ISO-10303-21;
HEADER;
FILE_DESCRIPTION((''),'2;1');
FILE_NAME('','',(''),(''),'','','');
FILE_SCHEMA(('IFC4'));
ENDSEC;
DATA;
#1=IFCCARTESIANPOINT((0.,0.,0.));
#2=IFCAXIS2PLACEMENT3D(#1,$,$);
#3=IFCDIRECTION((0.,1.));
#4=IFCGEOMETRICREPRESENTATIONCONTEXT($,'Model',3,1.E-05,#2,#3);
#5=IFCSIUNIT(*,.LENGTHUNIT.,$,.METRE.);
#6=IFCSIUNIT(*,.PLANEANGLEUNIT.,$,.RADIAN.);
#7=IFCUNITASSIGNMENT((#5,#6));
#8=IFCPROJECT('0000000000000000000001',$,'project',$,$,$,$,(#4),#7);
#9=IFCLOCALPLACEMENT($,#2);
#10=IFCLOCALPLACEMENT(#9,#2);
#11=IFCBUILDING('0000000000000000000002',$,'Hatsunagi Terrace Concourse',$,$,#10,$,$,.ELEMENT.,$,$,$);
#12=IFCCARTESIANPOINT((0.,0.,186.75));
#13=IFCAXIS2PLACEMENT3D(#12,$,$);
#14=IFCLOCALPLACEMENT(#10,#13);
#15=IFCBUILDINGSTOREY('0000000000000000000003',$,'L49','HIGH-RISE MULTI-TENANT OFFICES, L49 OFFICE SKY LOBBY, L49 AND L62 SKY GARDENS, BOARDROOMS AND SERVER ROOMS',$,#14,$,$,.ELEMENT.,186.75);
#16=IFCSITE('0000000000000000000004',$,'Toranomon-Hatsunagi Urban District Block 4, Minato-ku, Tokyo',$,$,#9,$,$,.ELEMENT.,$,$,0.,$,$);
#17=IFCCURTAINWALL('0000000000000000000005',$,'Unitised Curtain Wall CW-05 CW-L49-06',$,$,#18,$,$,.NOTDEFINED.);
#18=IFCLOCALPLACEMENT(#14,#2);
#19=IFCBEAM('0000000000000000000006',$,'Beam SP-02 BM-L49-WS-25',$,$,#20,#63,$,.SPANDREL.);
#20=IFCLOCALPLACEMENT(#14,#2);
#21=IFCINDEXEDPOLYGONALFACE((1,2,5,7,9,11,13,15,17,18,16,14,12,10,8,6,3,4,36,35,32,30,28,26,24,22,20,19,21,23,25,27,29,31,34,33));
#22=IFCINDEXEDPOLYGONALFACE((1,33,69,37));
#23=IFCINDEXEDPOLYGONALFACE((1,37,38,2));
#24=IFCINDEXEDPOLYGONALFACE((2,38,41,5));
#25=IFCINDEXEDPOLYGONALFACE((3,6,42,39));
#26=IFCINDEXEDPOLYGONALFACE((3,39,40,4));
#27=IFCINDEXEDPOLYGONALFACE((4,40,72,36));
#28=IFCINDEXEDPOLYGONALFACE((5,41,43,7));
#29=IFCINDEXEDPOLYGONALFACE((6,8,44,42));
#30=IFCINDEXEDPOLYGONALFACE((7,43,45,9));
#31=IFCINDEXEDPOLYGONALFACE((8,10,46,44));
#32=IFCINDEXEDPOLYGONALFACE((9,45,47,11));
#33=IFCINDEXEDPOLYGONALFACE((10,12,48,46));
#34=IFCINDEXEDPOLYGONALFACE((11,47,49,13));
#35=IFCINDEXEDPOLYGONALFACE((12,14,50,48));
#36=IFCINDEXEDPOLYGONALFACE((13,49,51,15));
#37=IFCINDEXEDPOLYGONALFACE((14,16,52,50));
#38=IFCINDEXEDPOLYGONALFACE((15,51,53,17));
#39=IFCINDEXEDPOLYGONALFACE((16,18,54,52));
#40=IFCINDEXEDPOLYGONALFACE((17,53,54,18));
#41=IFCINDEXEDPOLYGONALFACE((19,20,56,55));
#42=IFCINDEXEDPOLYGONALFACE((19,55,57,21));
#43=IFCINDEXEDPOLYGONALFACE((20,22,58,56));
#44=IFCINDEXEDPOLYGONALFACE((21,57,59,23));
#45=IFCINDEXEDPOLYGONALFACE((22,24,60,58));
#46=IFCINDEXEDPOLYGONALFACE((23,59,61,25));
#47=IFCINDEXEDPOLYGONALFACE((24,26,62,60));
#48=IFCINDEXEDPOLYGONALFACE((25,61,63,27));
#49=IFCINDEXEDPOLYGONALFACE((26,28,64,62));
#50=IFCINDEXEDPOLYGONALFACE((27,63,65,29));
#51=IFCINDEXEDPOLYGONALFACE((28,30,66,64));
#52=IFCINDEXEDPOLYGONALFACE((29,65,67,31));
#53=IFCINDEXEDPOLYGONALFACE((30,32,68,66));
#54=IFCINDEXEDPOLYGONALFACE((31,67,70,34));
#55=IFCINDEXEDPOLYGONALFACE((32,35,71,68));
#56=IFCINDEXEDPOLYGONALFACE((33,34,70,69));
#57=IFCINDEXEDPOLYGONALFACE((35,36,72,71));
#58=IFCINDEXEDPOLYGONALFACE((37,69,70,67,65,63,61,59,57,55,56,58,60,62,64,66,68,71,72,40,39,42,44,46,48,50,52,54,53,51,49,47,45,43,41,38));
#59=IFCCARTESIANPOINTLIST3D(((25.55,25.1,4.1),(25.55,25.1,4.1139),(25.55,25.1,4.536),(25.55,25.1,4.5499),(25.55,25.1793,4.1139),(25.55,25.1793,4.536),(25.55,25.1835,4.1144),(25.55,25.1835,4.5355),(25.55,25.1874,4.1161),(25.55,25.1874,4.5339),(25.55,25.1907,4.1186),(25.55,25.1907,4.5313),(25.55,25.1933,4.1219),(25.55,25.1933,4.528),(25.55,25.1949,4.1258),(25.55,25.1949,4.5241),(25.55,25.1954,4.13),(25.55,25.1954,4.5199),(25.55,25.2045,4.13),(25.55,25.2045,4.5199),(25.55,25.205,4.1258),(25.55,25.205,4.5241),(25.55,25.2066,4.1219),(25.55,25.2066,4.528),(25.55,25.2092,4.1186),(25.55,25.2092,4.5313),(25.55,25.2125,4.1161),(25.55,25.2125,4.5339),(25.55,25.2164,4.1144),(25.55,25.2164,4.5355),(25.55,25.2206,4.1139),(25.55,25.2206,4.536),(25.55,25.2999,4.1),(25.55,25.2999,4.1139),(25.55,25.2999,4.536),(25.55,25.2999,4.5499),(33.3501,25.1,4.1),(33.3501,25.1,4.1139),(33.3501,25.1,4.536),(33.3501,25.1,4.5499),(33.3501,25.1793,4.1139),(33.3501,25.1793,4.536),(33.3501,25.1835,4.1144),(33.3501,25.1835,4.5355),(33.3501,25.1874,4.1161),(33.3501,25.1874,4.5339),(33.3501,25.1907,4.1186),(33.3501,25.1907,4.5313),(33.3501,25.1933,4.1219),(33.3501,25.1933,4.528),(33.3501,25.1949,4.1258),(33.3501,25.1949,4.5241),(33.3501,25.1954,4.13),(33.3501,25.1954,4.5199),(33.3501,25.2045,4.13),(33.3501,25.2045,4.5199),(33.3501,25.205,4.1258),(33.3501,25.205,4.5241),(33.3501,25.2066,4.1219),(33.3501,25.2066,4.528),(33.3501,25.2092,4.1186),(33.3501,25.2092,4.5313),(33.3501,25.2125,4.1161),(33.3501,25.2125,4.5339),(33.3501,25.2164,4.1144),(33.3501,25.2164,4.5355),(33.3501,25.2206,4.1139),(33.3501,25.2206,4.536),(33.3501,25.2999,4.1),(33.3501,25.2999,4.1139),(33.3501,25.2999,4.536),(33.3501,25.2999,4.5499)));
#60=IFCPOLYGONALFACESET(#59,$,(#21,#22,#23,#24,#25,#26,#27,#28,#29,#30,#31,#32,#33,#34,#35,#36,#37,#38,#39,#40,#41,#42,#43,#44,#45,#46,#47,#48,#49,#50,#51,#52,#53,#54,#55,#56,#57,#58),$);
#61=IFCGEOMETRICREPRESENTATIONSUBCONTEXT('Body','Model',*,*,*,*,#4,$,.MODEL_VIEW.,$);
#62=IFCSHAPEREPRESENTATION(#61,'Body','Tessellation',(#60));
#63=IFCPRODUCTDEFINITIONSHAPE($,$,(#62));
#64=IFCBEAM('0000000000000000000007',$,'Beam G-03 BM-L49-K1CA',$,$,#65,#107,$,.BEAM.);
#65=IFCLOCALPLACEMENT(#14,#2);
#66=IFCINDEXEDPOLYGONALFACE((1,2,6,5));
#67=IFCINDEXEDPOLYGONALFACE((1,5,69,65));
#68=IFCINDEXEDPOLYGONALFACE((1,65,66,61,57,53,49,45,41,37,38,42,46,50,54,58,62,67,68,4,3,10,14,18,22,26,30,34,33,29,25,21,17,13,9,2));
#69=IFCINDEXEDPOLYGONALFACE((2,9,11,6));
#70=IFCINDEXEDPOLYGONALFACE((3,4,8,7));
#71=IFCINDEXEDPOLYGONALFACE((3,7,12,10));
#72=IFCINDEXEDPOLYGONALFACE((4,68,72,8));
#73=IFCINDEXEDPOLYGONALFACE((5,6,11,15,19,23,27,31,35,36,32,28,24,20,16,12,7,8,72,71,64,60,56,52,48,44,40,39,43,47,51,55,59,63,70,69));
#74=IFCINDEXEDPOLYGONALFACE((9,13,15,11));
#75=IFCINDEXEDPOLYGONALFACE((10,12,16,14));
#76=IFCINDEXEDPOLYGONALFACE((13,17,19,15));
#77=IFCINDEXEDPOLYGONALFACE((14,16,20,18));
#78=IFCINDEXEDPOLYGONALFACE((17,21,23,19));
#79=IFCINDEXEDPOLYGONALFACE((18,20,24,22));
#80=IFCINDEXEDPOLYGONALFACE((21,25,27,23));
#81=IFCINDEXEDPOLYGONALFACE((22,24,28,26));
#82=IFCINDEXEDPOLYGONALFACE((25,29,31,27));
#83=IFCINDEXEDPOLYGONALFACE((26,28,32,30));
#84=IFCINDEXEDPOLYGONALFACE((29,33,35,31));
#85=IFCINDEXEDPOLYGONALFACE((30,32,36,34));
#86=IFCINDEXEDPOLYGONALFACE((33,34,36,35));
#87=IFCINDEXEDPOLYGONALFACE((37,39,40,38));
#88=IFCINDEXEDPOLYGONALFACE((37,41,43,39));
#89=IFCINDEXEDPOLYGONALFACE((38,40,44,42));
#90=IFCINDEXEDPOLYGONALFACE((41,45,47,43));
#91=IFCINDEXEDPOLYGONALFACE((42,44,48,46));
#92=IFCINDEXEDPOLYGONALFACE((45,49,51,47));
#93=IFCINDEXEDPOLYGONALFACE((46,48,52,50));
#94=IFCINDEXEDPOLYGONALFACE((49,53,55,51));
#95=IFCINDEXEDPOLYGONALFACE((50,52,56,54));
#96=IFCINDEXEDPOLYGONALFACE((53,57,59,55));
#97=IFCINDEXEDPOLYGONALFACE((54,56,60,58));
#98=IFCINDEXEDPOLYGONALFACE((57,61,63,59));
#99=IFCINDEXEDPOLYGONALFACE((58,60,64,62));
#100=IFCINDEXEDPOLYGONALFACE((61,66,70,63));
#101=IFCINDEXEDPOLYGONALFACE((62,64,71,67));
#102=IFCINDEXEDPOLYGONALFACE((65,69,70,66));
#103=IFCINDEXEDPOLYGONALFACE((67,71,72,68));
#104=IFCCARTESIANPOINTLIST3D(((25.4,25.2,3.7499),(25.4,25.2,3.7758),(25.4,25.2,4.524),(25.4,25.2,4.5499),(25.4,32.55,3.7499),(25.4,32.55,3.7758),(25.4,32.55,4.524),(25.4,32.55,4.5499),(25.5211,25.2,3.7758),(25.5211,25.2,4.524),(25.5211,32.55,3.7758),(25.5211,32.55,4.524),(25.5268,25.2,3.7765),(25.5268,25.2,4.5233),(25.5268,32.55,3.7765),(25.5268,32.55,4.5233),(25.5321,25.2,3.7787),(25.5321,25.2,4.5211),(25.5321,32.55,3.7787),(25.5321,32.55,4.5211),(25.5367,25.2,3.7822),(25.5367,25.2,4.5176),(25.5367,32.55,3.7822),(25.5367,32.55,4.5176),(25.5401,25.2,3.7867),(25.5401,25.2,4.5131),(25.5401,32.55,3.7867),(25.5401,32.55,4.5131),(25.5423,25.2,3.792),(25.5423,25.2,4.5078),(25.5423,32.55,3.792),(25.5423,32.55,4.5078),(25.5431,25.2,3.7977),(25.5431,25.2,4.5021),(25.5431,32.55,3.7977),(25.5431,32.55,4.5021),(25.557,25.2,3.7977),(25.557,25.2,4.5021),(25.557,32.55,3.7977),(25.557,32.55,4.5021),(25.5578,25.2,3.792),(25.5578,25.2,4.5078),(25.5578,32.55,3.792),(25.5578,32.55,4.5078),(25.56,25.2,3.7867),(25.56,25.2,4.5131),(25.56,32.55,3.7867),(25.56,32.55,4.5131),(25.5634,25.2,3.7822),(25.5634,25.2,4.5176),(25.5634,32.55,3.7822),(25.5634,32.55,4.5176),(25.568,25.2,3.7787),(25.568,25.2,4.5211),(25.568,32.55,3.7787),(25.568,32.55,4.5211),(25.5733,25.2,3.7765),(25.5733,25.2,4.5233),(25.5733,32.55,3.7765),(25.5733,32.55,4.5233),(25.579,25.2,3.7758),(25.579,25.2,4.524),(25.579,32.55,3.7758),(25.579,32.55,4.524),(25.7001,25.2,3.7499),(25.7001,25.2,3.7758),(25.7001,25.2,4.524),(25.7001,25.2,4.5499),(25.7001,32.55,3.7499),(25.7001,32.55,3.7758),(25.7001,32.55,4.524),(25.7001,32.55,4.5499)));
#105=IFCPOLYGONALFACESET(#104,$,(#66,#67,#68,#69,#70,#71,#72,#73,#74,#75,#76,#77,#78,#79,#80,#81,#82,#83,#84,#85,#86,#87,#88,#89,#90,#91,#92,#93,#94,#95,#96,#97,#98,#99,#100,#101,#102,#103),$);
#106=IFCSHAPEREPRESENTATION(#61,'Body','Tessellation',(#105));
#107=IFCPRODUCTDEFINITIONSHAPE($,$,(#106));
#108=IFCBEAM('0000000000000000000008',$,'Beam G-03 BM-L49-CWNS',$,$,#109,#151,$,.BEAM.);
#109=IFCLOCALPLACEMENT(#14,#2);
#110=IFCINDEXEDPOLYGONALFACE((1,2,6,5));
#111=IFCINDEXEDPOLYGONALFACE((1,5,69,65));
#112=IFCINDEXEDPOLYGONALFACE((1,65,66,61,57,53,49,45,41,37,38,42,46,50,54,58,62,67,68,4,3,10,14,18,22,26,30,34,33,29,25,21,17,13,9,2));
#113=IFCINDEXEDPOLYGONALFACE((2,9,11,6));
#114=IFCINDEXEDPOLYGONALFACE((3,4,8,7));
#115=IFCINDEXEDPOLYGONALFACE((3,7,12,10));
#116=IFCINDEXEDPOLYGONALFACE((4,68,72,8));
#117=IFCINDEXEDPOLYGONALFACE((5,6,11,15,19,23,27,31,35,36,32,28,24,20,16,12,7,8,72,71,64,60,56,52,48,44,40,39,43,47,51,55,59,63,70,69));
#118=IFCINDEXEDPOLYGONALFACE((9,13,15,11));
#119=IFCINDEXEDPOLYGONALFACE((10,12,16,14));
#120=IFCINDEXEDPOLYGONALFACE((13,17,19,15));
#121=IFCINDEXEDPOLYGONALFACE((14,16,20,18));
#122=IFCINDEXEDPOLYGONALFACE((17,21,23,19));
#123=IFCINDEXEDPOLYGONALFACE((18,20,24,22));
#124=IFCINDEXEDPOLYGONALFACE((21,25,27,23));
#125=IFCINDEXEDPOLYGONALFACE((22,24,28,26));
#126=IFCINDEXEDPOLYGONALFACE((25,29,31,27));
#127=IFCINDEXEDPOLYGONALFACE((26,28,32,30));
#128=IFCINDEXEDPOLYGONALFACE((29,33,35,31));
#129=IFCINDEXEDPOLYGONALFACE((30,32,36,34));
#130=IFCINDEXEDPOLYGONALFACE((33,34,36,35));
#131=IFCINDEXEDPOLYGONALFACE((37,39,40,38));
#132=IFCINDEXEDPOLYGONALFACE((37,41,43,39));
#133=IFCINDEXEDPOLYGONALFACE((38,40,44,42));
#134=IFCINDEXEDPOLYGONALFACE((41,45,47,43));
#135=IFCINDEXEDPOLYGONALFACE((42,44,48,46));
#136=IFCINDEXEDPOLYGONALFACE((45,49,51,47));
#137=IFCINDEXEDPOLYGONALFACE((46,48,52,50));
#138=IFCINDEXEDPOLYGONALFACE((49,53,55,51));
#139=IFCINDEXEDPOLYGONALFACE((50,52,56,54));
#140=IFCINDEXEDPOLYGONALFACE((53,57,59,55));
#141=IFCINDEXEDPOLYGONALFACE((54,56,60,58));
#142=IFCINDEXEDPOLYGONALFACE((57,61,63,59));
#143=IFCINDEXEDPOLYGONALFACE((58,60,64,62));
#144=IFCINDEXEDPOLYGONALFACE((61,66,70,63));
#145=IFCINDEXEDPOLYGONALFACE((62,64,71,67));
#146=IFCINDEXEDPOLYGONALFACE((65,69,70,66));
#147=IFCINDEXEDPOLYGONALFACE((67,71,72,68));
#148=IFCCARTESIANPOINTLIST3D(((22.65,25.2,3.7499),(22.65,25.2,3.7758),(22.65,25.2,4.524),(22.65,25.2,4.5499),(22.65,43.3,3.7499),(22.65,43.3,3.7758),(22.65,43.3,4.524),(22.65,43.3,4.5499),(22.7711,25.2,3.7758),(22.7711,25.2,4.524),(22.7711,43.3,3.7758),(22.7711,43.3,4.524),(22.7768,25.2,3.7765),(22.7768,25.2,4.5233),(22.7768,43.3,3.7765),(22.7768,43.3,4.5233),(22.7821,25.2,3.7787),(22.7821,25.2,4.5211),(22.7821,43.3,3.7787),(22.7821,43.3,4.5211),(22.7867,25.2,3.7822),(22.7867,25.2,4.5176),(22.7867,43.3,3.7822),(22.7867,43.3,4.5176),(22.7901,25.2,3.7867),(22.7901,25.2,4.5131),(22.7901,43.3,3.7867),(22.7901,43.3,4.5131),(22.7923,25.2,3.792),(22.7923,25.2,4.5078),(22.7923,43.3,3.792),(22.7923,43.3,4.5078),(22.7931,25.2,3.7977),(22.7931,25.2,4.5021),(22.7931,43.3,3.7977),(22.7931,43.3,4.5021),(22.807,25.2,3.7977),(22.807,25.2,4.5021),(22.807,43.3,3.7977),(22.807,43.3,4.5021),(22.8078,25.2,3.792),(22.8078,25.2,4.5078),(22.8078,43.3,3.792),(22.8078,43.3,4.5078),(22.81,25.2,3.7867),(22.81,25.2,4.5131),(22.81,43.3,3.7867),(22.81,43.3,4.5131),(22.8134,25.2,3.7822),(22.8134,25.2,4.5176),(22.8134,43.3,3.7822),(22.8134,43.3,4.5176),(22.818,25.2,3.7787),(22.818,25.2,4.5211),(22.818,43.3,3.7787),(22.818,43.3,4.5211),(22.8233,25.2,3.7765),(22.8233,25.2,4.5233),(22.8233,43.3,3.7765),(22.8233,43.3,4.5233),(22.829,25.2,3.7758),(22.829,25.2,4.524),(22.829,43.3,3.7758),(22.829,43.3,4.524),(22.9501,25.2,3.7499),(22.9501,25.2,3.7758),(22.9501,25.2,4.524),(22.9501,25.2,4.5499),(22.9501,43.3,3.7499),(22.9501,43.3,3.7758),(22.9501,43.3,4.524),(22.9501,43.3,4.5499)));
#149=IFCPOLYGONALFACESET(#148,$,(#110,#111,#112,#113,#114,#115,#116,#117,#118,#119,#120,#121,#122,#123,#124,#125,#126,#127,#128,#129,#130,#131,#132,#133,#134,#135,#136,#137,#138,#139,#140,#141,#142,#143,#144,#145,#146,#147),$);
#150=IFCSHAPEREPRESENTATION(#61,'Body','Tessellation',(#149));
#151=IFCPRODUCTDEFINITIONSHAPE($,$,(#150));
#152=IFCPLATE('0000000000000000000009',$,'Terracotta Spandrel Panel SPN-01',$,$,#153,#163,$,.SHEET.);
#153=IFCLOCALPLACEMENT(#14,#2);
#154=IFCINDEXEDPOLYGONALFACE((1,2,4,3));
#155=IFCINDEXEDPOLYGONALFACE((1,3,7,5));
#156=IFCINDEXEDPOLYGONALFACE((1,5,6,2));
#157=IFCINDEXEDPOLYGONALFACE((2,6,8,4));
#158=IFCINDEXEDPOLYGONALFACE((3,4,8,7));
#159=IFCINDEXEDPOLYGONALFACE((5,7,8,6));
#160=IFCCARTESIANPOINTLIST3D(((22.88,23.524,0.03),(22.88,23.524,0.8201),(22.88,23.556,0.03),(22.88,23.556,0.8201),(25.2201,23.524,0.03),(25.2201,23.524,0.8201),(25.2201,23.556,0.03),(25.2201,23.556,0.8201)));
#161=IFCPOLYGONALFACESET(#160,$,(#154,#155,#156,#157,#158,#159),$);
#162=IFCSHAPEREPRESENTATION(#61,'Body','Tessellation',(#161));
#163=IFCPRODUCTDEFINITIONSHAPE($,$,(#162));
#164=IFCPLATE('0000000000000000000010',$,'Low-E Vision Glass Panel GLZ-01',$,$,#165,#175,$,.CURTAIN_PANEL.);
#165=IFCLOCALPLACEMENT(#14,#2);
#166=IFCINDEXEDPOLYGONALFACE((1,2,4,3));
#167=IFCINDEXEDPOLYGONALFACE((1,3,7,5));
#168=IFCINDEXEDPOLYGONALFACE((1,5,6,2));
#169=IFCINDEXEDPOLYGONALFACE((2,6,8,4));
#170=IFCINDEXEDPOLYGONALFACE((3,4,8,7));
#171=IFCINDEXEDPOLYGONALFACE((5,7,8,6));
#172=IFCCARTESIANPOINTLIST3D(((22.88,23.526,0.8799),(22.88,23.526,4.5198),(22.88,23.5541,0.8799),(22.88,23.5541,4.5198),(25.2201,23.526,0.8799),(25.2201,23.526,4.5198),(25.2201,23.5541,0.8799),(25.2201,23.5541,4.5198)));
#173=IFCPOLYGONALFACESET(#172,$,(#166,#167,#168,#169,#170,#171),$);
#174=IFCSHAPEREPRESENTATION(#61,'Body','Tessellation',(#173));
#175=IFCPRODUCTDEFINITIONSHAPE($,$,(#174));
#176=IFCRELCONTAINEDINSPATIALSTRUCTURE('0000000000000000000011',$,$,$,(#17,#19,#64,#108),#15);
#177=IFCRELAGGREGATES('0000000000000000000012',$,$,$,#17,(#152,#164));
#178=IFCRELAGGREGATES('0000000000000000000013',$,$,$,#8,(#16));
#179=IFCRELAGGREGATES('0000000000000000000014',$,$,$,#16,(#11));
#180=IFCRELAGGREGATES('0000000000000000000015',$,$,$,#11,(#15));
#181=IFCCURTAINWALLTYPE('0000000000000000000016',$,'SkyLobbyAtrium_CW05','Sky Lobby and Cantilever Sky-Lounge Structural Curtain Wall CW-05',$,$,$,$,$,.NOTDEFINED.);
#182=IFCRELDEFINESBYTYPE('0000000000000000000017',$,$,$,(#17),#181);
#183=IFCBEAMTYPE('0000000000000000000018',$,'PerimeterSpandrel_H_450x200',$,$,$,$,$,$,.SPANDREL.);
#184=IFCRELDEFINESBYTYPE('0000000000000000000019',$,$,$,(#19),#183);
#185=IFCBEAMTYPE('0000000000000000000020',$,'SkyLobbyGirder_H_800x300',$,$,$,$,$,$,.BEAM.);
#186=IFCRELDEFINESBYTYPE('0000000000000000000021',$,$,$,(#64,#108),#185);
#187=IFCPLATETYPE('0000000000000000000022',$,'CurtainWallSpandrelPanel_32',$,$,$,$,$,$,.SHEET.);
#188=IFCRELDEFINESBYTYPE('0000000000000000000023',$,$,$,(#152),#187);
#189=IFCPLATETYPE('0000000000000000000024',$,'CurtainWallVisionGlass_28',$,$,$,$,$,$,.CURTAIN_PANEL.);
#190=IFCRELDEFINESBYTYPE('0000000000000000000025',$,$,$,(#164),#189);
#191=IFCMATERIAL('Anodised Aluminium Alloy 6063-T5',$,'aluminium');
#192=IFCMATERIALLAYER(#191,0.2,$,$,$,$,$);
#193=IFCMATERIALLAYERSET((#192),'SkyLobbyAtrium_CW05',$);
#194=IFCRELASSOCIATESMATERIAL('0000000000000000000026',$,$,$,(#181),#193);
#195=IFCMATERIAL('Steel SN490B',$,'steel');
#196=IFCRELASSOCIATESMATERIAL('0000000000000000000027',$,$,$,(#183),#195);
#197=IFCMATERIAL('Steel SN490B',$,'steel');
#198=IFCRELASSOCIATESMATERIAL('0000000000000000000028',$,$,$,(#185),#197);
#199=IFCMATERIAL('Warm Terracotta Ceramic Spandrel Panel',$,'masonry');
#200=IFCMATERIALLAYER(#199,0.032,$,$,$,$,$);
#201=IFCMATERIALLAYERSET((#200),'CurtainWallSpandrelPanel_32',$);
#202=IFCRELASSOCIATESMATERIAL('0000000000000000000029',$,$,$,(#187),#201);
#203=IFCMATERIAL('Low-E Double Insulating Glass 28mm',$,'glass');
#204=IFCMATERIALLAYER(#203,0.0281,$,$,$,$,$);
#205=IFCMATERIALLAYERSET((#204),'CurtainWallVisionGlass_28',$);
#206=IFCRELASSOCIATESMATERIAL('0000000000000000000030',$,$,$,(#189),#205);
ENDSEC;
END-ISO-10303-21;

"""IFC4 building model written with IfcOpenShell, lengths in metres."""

from ifc_helpers import new_model, si_unit, direction, frame, origin, origin_2d, place, context, subcontext, project, spatial, rectangle, i_section, extrude, material, layer, layer_set, material_profile, profile_set, type_object, element, aggregate, save


model = new_model("IFC4")

# Units and contexts
model_context = context("Model", 3, precision=1e-05, world=origin(), true_north=direction((0.0, 1.0)))
body_context = subcontext(model_context, "Body", "Model", "MODEL_VIEW")
ifc_project = project(units=[si_unit("LENGTHUNIT", "METRE"), si_unit("PLANEANGLEUNIT", "RADIAN")], contexts=[model_context])

# Site, building, storey
site_placement = place(None, origin())
site = spatial("IfcSite", under=ifc_project, at=site_placement, Name="Toranomon-Hatsunagi Urban District Block 4, Minato-ku, Tokyo", CompositionType="ELEMENT", RefElevation=0.0)
building_placement = place(site_placement, origin())
building = spatial("IfcBuilding", under=site, at=building_placement, Name="Hatsunagi Terrace Concourse", CompositionType="ELEMENT")
storey_placement = place(building_placement, frame((0.0, 0.0, 186.75)))
storey = spatial("IfcBuildingStorey", under=building, at=storey_placement, Name="L49", Description="HIGH-RISE MULTI-TENANT OFFICES, L49 OFFICE SKY LOBBY, L49 AND L62 SKY GARDENS, BOARDROOMS AND SERVER ROOMS", CompositionType="ELEMENT", Elevation=186.75)

# Shared definitions
ifc_material_1 = material(Name="Anodised Aluminium Alloy 6063-T5", Category="aluminium")
ifc_layer_1 = layer(ifc_material_1, 0.2)
ifc_layer_set_1 = layer_set([ifc_layer_1], Name="SkyLobbyAtrium_CW05")
curtain_wall_type = type_object("IfcCurtainWallType", Name="SkyLobbyAtrium_CW05", Description="Sky Lobby and Cantilever Sky-Lounge Structural Curtain Wall CW-05", PredefinedType="NOTDEFINED", material=ifc_layer_set_1)

# Curtain wall
curtain_wall_1_placement = place(storey_placement, origin())
curtain_wall_1 = element("IfcCurtainWall", 1, at=curtain_wall_1_placement, inside=storey, type_object=curtain_wall_type, Name="Unitised Curtain Wall CW-05 CW-L49-06", PredefinedType="NOTDEFINED")

# Beams
ifc_material_2 = material(Name="Steel SN490B", Category="steel")
ifc_material_profile_1 = material_profile(ifc_material_2, i_section(OverallWidth=0.2, OverallDepth=0.45, WebThickness=0.009, FlangeThickness=0.0139, FilletRadius=0.0161, at=origin_2d()), Name="H-450x200x9x14")
ifc_profile_set_1 = profile_set([ifc_material_profile_1], Name="Steel SN490B")
beam_type_1 = type_object("IfcBeamType", Name="PerimeterSpandrel_H_450x200", PredefinedType="SPANDREL", material=ifc_profile_set_1)
beam_1_placement = place(storey_placement, frame((25.55, 25.2, 4.325), z_axis=(1.0, 0.0, 0.0), x_axis=(0.0, 1.0, 0.0)))
element("IfcBeam", 2, at=beam_1_placement, inside=storey, type_object=beam_type_1, Name="Beam SP-02 BM-L49-WS-25", PredefinedType="SPANDREL", context=body_context, shape_type="SweptSolid", body=[
    extrude(i_section(OverallWidth=0.2, OverallDepth=0.45, WebThickness=0.009, FlangeThickness=0.0139, FilletRadius=0.0161, at=origin_2d()), origin(), (0.0, 0.0, 1.0), 7.8),
])
ifc_material_3 = material(Name="Steel SN490B", Category="steel")
ifc_material_profile_2 = material_profile(ifc_material_3, i_section(OverallWidth=0.3, OverallDepth=0.8, WebThickness=0.0139, FlangeThickness=0.0259, FilletRadius=0.022, at=origin_2d()), Name="H-800x300x14x26")
ifc_profile_set_2 = profile_set([ifc_material_profile_2], Name="Steel SN490B")
beam_type_2 = type_object("IfcBeamType", Name="SkyLobbyGirder_H_800x300", PredefinedType="BEAM", material=ifc_profile_set_2)
beam_2_placement = place(storey_placement, frame((25.55, 25.2, 4.1499), z_axis=(0.0, 1.0, 0.0), x_axis=(-1.0, 0.0, 0.0)))
element("IfcBeam", 3, at=beam_2_placement, inside=storey, type_object=beam_type_2, Name="Beam G-03 BM-L49-K1CA", PredefinedType="BEAM", context=body_context, shape_type="SweptSolid", body=[
    extrude(i_section(OverallWidth=0.3, OverallDepth=0.8, WebThickness=0.0139, FlangeThickness=0.0259, FilletRadius=0.022, at=origin_2d()), origin(), (0.0, 0.0, 1.0), 7.3501),
])
beam_3_placement = place(storey_placement, frame((22.8, 25.2, 4.1499), z_axis=(0.0, 1.0, 0.0), x_axis=(-1.0, 0.0, 0.0)))
element("IfcBeam", 4, at=beam_3_placement, inside=storey, type_object=beam_type_2, Name="Beam G-03 BM-L49-CWNS", PredefinedType="BEAM", context=body_context, shape_type="SweptSolid", body=[
    extrude(i_section(OverallWidth=0.3, OverallDepth=0.8, WebThickness=0.0139, FlangeThickness=0.0259, FilletRadius=0.022, at=origin_2d()), origin(), (0.0, 0.0, 1.0), 18.1001),
])

# Plates
ifc_material_4 = material(Name="Warm Terracotta Ceramic Spandrel Panel", Category="masonry")
ifc_layer_2 = layer(ifc_material_4, 0.032)
ifc_layer_set_2 = layer_set([ifc_layer_2], Name="CurtainWallSpandrelPanel_32")
plate_type_1 = type_object("IfcPlateType", Name="CurtainWallSpandrelPanel_32", PredefinedType="SHEET", material=ifc_layer_set_2)
plate_1_placement = place(storey_placement, frame((24.05, 23.54, 0.03), z_axis=(0.0, 0.0, 1.0), x_axis=(-1.0, 0.0, 0.0)))
plate_1 = element("IfcPlate", 5, at=plate_1_placement, type_object=plate_type_1, Name="Terracotta Spandrel Panel SPN-01", PredefinedType="SHEET", context=body_context, shape_type="SweptSolid", body=[
    extrude(rectangle(XDim=2.3401, YDim=0.032, at=origin_2d()), origin(), (0.0, 0.0, 1.0), 0.79),
])
ifc_material_5 = material(Name="Low-E Double Insulating Glass 28mm", Category="glass")
ifc_layer_3 = layer(ifc_material_5, 0.0281)
ifc_layer_set_3 = layer_set([ifc_layer_3], Name="CurtainWallVisionGlass_28")
plate_type_2 = type_object("IfcPlateType", Name="CurtainWallVisionGlass_28", PredefinedType="CURTAIN_PANEL", material=ifc_layer_set_3)
plate_2_placement = place(storey_placement, frame((24.05, 23.54, 0.8799), z_axis=(0.0, 0.0, 1.0), x_axis=(-1.0, 0.0, 0.0)))
plate_2 = element("IfcPlate", 6, at=plate_2_placement, type_object=plate_type_2, Name="Low-E Vision Glass Panel GLZ-01", PredefinedType="CURTAIN_PANEL", context=body_context, shape_type="SweptSolid", body=[
    extrude(rectangle(XDim=2.3401, YDim=0.0281, at=origin_2d()), origin(), (0.0, 0.0, 1.0), 3.6399),
])
aggregate(curtain_wall_1, [plate_1, plate_2])

save(model, "model.ifc")
